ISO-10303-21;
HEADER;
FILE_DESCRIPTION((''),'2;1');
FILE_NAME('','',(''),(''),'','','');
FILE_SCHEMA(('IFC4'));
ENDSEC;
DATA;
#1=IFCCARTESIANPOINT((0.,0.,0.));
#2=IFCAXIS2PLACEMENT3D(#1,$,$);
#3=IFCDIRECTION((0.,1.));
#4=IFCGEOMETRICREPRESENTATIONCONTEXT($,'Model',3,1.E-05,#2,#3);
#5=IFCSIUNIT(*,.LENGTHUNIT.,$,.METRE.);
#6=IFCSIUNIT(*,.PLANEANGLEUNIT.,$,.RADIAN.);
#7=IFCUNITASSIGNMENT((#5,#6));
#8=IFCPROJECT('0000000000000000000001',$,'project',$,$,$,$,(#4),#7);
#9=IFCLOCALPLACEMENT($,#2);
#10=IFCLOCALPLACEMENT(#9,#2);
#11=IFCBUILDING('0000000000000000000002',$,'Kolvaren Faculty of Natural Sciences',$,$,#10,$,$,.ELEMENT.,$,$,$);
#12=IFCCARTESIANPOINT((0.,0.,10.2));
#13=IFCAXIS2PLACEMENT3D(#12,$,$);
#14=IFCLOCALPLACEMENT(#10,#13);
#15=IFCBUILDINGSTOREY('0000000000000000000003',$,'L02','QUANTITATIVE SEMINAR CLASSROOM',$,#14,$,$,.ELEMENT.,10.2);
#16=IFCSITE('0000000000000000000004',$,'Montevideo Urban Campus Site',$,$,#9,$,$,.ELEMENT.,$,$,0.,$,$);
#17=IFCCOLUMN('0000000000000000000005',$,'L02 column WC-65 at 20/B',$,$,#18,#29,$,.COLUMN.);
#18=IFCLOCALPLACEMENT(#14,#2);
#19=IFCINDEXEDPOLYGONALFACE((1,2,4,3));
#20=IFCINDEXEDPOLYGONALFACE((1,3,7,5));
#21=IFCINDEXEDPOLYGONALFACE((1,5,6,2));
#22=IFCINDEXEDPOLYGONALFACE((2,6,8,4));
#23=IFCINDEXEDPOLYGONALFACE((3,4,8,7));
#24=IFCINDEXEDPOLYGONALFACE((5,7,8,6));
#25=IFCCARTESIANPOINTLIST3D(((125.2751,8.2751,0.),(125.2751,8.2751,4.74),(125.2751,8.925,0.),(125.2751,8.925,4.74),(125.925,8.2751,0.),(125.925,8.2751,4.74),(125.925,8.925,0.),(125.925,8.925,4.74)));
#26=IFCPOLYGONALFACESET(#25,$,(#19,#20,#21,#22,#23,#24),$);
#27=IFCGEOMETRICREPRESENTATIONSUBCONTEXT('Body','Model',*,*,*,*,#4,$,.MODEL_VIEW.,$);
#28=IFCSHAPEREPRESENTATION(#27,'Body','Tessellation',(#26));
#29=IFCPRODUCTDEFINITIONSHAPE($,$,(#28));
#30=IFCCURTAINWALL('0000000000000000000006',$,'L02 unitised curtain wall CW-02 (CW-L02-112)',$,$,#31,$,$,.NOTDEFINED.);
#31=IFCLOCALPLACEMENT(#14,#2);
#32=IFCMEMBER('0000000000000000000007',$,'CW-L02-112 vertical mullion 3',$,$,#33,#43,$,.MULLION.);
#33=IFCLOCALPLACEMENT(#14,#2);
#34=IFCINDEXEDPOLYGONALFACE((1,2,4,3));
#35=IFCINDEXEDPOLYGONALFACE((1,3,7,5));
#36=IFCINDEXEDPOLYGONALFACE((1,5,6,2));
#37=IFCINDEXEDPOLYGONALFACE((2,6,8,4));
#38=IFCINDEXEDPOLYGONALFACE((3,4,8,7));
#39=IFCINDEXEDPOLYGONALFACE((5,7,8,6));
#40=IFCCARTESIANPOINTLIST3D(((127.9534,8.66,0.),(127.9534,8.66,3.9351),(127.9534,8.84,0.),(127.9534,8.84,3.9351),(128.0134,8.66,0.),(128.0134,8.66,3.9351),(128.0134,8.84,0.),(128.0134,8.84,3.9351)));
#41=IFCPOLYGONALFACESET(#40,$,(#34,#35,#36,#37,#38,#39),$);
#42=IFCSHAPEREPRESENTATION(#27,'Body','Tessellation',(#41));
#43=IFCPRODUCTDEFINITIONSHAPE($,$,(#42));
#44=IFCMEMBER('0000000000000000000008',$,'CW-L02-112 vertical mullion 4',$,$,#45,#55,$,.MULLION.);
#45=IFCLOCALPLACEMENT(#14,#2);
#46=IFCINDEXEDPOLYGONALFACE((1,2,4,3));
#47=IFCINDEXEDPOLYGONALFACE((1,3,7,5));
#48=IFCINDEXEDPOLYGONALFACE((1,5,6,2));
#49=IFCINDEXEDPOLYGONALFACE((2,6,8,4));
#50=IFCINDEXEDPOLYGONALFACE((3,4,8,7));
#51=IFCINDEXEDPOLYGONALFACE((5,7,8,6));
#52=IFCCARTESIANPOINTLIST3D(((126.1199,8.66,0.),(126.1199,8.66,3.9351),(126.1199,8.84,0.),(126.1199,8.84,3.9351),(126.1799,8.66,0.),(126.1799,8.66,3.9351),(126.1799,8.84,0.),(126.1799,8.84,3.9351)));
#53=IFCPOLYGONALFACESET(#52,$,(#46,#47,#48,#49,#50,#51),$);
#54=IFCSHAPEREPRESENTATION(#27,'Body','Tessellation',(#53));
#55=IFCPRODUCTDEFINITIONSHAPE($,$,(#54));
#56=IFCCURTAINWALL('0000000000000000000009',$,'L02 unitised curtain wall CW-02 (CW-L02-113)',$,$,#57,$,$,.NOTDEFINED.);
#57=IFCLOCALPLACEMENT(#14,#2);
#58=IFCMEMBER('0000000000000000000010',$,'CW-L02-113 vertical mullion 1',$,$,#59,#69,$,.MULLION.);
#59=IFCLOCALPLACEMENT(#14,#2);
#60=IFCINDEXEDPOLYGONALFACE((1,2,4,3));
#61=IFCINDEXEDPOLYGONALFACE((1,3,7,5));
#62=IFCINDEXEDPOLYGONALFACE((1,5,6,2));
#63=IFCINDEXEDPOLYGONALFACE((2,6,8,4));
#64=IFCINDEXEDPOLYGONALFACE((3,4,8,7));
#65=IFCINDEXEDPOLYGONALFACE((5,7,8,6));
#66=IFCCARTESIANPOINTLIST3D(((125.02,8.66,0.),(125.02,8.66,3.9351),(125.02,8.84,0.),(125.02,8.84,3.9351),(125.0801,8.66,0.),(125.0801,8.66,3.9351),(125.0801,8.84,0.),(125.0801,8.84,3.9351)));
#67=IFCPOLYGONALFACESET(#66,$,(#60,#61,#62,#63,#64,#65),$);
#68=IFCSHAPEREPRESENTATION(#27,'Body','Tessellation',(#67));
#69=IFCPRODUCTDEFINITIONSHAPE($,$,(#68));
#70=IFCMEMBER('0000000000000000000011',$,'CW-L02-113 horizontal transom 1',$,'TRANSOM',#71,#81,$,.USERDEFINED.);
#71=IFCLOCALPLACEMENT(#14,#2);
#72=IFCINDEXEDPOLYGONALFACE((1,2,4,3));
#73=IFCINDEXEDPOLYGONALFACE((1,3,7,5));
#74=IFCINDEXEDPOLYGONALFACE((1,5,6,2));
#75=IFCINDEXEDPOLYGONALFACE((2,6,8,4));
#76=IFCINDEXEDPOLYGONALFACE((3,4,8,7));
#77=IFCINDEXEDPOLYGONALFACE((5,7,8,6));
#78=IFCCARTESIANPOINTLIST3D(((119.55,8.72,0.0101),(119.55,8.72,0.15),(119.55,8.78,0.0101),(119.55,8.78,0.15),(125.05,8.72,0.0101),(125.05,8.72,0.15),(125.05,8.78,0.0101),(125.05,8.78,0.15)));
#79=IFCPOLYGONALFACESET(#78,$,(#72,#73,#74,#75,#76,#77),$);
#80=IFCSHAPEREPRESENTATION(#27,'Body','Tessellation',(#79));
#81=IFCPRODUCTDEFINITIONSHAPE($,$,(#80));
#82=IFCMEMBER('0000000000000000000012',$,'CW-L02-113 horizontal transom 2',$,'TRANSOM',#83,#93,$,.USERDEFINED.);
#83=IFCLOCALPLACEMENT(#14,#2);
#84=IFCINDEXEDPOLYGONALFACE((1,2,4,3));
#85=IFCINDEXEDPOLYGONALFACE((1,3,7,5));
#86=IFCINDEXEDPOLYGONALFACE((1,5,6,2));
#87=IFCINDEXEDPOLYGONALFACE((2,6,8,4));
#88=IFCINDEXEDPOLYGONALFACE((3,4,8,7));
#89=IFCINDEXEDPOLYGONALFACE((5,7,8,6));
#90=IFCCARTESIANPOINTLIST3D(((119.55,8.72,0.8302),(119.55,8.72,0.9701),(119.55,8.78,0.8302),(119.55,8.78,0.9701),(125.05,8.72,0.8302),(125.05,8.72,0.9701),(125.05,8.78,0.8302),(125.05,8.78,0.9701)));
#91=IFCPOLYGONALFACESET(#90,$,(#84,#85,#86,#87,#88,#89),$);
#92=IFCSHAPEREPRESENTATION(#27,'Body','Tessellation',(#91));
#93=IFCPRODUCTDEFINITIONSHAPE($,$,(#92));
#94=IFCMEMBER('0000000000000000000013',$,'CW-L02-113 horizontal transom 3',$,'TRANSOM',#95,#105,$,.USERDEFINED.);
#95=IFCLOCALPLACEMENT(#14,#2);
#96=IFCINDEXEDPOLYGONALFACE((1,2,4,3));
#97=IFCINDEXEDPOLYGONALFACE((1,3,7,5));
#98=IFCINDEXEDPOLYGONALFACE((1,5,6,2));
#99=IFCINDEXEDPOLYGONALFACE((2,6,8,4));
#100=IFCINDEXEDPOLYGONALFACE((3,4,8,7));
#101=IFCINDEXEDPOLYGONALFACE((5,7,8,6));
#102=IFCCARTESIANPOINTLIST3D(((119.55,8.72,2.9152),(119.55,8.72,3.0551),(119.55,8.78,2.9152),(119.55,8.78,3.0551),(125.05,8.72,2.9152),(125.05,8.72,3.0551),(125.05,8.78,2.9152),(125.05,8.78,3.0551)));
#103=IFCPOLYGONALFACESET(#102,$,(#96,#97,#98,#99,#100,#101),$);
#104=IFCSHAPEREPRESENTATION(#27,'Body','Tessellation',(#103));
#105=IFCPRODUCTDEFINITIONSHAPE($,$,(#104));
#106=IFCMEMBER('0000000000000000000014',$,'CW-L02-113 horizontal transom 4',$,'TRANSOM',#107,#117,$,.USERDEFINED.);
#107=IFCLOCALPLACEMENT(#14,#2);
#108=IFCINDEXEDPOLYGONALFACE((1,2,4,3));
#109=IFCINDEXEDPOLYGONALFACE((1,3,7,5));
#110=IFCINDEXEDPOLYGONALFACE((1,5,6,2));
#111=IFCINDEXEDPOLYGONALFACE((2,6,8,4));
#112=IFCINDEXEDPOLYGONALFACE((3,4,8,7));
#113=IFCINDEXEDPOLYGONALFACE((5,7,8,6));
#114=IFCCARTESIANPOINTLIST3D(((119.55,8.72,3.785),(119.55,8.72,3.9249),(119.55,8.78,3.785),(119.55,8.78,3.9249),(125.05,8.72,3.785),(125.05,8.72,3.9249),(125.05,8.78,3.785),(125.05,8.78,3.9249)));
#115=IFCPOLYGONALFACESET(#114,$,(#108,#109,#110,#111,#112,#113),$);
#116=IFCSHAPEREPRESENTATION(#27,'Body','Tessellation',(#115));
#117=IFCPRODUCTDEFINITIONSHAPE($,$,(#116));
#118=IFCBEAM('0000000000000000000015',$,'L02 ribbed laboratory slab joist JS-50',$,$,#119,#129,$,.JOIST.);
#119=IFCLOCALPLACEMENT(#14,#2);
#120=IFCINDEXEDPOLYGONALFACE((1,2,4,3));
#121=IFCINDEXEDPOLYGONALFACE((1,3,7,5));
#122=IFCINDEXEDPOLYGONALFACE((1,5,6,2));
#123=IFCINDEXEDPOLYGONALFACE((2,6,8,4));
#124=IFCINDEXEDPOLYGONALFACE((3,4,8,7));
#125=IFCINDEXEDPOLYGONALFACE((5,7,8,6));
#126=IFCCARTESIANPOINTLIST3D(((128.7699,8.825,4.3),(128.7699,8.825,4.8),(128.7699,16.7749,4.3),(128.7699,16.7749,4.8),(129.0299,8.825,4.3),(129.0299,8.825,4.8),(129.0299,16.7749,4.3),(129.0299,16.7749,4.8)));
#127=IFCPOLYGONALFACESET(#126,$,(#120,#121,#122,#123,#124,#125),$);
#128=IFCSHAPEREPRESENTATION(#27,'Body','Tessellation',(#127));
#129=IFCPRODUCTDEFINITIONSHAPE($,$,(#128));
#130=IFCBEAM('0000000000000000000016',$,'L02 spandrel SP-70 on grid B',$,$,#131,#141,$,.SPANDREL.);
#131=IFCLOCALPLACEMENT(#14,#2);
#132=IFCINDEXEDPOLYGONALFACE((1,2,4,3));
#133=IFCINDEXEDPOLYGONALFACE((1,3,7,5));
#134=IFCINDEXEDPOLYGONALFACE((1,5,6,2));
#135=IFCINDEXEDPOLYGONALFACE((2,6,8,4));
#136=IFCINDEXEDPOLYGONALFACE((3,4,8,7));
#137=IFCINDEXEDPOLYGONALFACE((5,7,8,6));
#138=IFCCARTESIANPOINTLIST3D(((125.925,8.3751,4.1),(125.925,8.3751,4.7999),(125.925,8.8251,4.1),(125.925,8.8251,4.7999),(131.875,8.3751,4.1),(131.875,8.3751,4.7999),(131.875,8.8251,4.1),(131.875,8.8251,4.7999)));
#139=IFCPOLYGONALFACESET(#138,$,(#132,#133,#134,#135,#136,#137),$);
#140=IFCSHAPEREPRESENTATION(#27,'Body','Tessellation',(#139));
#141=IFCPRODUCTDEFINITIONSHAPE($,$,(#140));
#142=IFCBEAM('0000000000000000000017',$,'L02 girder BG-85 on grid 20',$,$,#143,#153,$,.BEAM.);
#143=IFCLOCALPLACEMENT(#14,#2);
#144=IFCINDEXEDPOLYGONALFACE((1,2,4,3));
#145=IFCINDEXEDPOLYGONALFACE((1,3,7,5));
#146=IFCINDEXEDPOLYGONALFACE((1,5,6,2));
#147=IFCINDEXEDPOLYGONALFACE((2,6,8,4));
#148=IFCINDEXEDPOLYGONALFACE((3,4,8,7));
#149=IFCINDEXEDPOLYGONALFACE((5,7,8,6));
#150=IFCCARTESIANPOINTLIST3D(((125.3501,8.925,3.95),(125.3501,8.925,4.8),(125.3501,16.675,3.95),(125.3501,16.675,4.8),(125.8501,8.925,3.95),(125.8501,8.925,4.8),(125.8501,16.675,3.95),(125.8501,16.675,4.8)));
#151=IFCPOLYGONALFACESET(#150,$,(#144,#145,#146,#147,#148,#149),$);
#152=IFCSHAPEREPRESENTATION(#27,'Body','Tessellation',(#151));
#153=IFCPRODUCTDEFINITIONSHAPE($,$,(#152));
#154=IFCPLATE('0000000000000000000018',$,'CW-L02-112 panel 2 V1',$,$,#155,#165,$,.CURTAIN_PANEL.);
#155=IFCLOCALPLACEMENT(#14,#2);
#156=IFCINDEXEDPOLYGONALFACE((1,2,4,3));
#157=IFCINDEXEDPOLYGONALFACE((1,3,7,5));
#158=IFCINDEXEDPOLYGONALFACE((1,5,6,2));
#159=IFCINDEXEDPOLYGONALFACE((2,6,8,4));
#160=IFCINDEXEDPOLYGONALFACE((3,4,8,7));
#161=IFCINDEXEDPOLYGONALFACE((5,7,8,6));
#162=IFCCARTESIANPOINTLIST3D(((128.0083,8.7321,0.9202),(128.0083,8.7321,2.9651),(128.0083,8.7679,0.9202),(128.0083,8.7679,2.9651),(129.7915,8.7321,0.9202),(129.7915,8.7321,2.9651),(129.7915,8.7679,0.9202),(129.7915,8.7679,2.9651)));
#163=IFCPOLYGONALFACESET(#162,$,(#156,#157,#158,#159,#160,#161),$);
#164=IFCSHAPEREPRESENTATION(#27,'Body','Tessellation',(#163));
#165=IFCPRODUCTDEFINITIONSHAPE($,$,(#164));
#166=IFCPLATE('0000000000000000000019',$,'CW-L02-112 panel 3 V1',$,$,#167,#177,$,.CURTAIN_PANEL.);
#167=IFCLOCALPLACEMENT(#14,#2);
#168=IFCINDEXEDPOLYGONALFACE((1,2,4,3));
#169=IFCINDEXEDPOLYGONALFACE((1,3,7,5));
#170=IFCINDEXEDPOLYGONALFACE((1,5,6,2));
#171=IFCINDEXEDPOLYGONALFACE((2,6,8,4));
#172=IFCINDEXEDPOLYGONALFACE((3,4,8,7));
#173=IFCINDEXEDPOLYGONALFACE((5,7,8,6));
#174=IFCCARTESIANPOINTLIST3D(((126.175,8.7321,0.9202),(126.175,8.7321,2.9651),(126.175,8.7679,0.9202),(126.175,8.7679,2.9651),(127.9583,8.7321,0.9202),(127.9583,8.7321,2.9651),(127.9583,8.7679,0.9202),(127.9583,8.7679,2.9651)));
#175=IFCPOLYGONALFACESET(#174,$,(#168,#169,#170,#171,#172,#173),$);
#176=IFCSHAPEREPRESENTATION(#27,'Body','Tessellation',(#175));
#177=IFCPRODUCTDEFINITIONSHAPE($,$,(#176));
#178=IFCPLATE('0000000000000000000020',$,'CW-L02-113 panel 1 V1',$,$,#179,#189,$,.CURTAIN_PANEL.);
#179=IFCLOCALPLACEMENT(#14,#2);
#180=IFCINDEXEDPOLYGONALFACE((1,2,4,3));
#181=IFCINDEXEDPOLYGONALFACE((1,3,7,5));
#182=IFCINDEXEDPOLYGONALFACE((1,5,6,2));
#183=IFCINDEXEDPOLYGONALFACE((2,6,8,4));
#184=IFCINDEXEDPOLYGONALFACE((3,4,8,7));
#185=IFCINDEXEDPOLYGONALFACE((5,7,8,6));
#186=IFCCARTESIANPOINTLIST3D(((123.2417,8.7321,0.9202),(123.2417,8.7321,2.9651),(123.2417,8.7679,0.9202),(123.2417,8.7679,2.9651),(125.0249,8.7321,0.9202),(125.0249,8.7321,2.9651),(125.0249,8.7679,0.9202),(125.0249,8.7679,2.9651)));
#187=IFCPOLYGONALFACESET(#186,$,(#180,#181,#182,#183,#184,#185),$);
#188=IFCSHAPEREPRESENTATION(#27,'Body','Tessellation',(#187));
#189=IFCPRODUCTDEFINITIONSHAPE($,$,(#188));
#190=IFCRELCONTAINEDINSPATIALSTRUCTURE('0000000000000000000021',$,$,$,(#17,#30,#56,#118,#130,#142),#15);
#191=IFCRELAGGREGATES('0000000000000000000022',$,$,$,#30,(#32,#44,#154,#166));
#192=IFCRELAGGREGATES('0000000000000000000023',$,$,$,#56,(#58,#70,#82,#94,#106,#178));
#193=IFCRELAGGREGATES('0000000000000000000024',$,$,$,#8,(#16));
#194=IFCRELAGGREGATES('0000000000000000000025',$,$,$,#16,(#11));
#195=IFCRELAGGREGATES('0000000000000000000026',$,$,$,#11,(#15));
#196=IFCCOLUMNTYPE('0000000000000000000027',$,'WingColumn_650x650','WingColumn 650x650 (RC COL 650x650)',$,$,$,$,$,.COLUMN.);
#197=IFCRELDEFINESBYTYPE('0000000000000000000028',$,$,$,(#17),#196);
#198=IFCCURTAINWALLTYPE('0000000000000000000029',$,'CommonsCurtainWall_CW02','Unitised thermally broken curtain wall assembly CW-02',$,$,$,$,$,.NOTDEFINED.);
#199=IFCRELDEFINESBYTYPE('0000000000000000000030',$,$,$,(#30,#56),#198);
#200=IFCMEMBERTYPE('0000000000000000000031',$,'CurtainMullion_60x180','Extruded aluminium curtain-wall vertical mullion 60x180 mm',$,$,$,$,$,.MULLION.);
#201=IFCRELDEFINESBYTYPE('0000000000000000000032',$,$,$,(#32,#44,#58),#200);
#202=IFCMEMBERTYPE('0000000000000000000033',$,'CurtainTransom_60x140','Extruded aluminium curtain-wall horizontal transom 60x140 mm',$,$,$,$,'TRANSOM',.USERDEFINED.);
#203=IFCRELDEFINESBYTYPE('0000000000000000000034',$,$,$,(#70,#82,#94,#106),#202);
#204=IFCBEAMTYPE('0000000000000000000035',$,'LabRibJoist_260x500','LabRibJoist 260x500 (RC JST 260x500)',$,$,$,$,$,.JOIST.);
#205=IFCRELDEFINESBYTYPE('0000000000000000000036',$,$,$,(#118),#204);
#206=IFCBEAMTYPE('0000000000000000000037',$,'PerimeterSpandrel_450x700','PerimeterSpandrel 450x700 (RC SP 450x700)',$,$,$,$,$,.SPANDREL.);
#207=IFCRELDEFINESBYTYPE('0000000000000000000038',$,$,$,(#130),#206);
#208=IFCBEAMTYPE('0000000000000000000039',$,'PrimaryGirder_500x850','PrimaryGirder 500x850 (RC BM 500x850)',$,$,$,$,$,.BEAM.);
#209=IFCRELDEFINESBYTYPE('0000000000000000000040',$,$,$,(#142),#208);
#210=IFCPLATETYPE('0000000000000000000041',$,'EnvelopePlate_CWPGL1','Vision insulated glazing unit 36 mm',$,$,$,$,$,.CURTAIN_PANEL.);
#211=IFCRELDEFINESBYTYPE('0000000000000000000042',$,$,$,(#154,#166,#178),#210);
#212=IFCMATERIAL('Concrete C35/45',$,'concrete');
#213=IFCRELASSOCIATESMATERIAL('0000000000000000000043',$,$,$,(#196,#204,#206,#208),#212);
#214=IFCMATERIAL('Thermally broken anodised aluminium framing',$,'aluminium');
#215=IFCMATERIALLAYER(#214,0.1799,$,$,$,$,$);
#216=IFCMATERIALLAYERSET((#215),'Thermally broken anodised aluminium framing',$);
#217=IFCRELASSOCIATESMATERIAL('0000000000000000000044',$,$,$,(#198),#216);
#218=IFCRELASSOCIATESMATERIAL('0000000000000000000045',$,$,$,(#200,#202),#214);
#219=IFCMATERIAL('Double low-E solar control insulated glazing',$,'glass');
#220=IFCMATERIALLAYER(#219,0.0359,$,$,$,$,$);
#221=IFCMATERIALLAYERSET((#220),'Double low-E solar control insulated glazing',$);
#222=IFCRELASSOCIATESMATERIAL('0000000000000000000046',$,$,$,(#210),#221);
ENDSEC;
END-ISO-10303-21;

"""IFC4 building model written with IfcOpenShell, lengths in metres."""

from ifc_helpers import new_model, si_unit, direction, frame, origin, origin_2d, place, context, subcontext, project, spatial, rectangle, extrude, material, layer, layer_set, material_profile, profile_set, type_object, element, aggregate, save


model = new_model("IFC4")

# Units and contexts
model_context = context("Model", 3, precision=1e-05, world=origin(), true_north=direction((0.0, 1.0)))
body_context = subcontext(model_context, "Body", "Model", "MODEL_VIEW")
ifc_project = project(units=[si_unit("LENGTHUNIT", "METRE"), si_unit("PLANEANGLEUNIT", "RADIAN")], contexts=[model_context])

# Site, building, storey
site_placement = place(None, origin())
site = spatial("IfcSite", under=ifc_project, at=site_placement, Name="Montevideo Urban Campus Site", CompositionType="ELEMENT", RefElevation=0.0)
building_placement = place(site_placement, origin())
building = spatial("IfcBuilding", under=site, at=building_placement, Name="Kolvaren Faculty of Natural Sciences", CompositionType="ELEMENT")
storey_placement = place(building_placement, frame((0.0, 0.0, 10.2)))
storey = spatial("IfcBuildingStorey", under=building, at=storey_placement, Name="L02", Description="QUANTITATIVE SEMINAR CLASSROOM", CompositionType="ELEMENT", Elevation=10.2)

# Column
ifc_material_1 = material(Name="Concrete C35/45", Category="concrete")
ifc_material_profile_1 = material_profile(ifc_material_1, rectangle(XDim=0.6499, YDim=0.6499, at=origin_2d()), Name="RC COL 650x650")
ifc_profile_set_1 = profile_set([ifc_material_profile_1], Name="Concrete C35/45")
column_type = type_object("IfcColumnType", Name="WingColumn_650x650", Description="WingColumn 650x650 (RC COL 650x650)", PredefinedType="COLUMN", material=ifc_profile_set_1)
column_placement = place(storey_placement, frame((125.6001, 8.6001, 0.0), z_axis=(0.0, 0.0, 1.0), x_axis=(1.0, 0.0, 0.0)))
element("IfcColumn", 1, at=column_placement, inside=storey, type_object=column_type, Name="L02 column WC-65 at 20/B", PredefinedType="COLUMN", context=body_context, shape_type="SweptSolid", body=[
    extrude(rectangle(XDim=0.6499, YDim=0.6499, at=origin_2d()), origin(), (0.0, 0.0, 1.0), 4.74),
])

# Curtain walls, members
ifc_material_2 = material(Name="Thermally broken anodised aluminium framing", Category="aluminium")
ifc_layer_1 = layer(ifc_material_2, 0.1799)
ifc_layer_set_1 = layer_set([ifc_layer_1], Name="Thermally broken anodised aluminium framing")
curtain_wall_type = type_object("IfcCurtainWallType", Name="CommonsCurtainWall_CW02", Description="Unitised thermally broken curtain wall assembly CW-02", PredefinedType="NOTDEFINED", material=ifc_layer_set_1)
curtain_wall_1_placement = place(storey_placement, origin())
curtain_wall_1 = element("IfcCurtainWall", 2, at=curtain_wall_1_placement, inside=storey, type_object=curtain_wall_type, Name="L02 unitised curtain wall CW-02 (CW-L02-112)", PredefinedType="NOTDEFINED")
ifc_material_profile_2 = material_profile(ifc_material_2, rectangle(XDim=0.0601, YDim=0.1799, at=origin_2d()), Name="ALU MUL 60x180")
ifc_profile_set_2 = profile_set([ifc_material_profile_2], Name="Thermally broken anodised aluminium framing")
member_type_1 = type_object("IfcMemberType", Name="CurtainMullion_60x180", Description="Extruded aluminium curtain-wall vertical mullion 60x180 mm", PredefinedType="MULLION", material=ifc_profile_set_2)
member_1_placement = place(storey_placement, frame((127.9834, 8.75, 0.0), z_axis=(0.0, 0.0, 1.0), x_axis=(-1.0, 0.0, 0.0)))
member_1 = element("IfcMember", 3, at=member_1_placement, type_object=member_type_1, Name="CW-L02-112 vertical mullion 3", PredefinedType="MULLION", context=body_context, shape_type="SweptSolid", body=[
    extrude(rectangle(XDim=0.0601, YDim=0.1799, at=origin_2d()), origin(), (0.0, 0.0, 1.0), 3.9351),
])
member_2_placement = place(storey_placement, frame((126.1499, 8.75, 0.0), z_axis=(0.0, 0.0, 1.0), x_axis=(-1.0, 0.0, 0.0)))
member_2 = element("IfcMember", 4, at=member_2_placement, type_object=member_type_1, Name="CW-L02-112 vertical mullion 4", PredefinedType="MULLION", context=body_context, shape_type="SweptSolid", body=[
    extrude(rectangle(XDim=0.0601, YDim=0.1799, at=origin_2d()), origin(), (0.0, 0.0, 1.0), 3.9351),
])
curtain_wall_2_placement = place(storey_placement, origin())
curtain_wall_2 = element("IfcCurtainWall", 5, at=curtain_wall_2_placement, inside=storey, type_object=curtain_wall_type, Name="L02 unitised curtain wall CW-02 (CW-L02-113)", PredefinedType="NOTDEFINED")
member_3_placement = place(storey_placement, frame((125.05, 8.75, 0.0), z_axis=(0.0, 0.0, 1.0), x_axis=(-1.0, 0.0, 0.0)))
member_3 = element("IfcMember", 6, at=member_3_placement, type_object=member_type_1, Name="CW-L02-113 vertical mullion 1", PredefinedType="MULLION", context=body_context, shape_type="SweptSolid", body=[
    extrude(rectangle(XDim=0.0601, YDim=0.1799, at=origin_2d()), origin(), (0.0, 0.0, 1.0), 3.9351),
])
ifc_material_profile_3 = material_profile(ifc_material_2, rectangle(XDim=0.0601, YDim=0.1399, at=origin_2d()), Name="ALU TRN 60x140")
ifc_profile_set_3 = profile_set([ifc_material_profile_3], Name="Thermally broken anodised aluminium framing")
member_type_2 = type_object("IfcMemberType", Name="CurtainTransom_60x140", Description="Extruded aluminium curtain-wall horizontal transom 60x140 mm", ElementType="TRANSOM", PredefinedType="USERDEFINED", material=ifc_profile_set_3)
member_4_placement = place(storey_placement, frame((125.05, 8.75, 0.0801), z_axis=(-1.0, 0.0, 0.0), x_axis=(0.0, -1.0, 0.0)))
member_4 = element("IfcMember", 7, at=member_4_placement, type_object=member_type_2, Name="CW-L02-113 horizontal transom 1", ObjectType="TRANSOM", PredefinedType="USERDEFINED", context=body_context, shape_type="SweptSolid", body=[
    extrude(rectangle(XDim=0.0601, YDim=0.1399, at=origin_2d()), origin(), (0.0, 0.0, 1.0), 5.5),
])
member_5_placement = place(storey_placement, frame((125.05, 8.75, 0.9001), z_axis=(-1.0, 0.0, 0.0), x_axis=(0.0, -1.0, 0.0)))
member_5 = element("IfcMember", 8, at=member_5_placement, type_object=member_type_2, Name="CW-L02-113 horizontal transom 2", ObjectType="TRANSOM", PredefinedType="USERDEFINED", context=body_context, shape_type="SweptSolid", body=[
    extrude(rectangle(XDim=0.0601, YDim=0.1399, at=origin_2d()), origin(), (0.0, 0.0, 1.0), 5.5),
])
member_6_placement = place(storey_placement, frame((125.05, 8.75, 2.9851), z_axis=(-1.0, 0.0, 0.0), x_axis=(0.0, -1.0, 0.0)))
member_6 = element("IfcMember", 9, at=member_6_placement, type_object=member_type_2, Name="CW-L02-113 horizontal transom 3", ObjectType="TRANSOM", PredefinedType="USERDEFINED", context=body_context, shape_type="SweptSolid", body=[
    extrude(rectangle(XDim=0.0601, YDim=0.1399, at=origin_2d()), origin(), (0.0, 0.0, 1.0), 5.5),
])
member_7_placement = place(storey_placement, frame((125.05, 8.75, 3.855), z_axis=(-1.0, 0.0, 0.0), x_axis=(0.0, -1.0, 0.0)))
member_7 = element("IfcMember", 10, at=member_7_placement, type_object=member_type_2, Name="CW-L02-113 horizontal transom 4", ObjectType="TRANSOM", PredefinedType="USERDEFINED", context=body_context, shape_type="SweptSolid", body=[
    extrude(rectangle(XDim=0.0601, YDim=0.1399, at=origin_2d()), origin(), (0.0, 0.0, 1.0), 5.5),
])

# Beams
ifc_material_profile_4 = material_profile(ifc_material_1, rectangle(XDim=0.26, YDim=0.5, at=origin_2d()), Name="RC JST 260x500")
ifc_profile_set_4 = profile_set([ifc_material_profile_4], Name="Concrete C35/45")
beam_type_1 = type_object("IfcBeamType", Name="LabRibJoist_260x500", Description="LabRibJoist 260x500 (RC JST 260x500)", PredefinedType="JOIST", material=ifc_profile_set_4)
beam_1_placement = place(storey_placement, frame((128.8999, 8.825, 4.55), z_axis=(0.0, 1.0, 0.0), x_axis=(-1.0, 0.0, 0.0)))
element("IfcBeam", 11, at=beam_1_placement, inside=storey, type_object=beam_type_1, Name="L02 ribbed laboratory slab joist JS-50", PredefinedType="JOIST", context=body_context, shape_type="SweptSolid", body=[
    extrude(rectangle(XDim=0.26, YDim=0.5, at=origin_2d()), origin(), (0.0, 0.0, 1.0), 7.95),
])
ifc_material_profile_5 = material_profile(ifc_material_1, rectangle(XDim=0.45, YDim=0.7, at=origin_2d()), Name="RC SP 450x700")
ifc_profile_set_5 = profile_set([ifc_material_profile_5], Name="Concrete C35/45")
beam_type_2 = type_object("IfcBeamType", Name="PerimeterSpandrel_450x700", Description="PerimeterSpandrel 450x700 (RC SP 450x700)", PredefinedType="SPANDREL", material=ifc_profile_set_5)
beam_2_placement = place(storey_placement, frame((125.925, 8.6001, 4.45), z_axis=(1.0, 0.0, 0.0), x_axis=(0.0, 1.0, 0.0)))
element("IfcBeam", 12, at=beam_2_placement, inside=storey, type_object=beam_type_2, Name="L02 spandrel SP-70 on grid B", PredefinedType="SPANDREL", context=body_context, shape_type="SweptSolid", body=[
    extrude(rectangle(XDim=0.45, YDim=0.7, at=origin_2d()), origin(), (0.0, 0.0, 1.0), 5.95),
])
ifc_material_profile_6 = material_profile(ifc_material_1, rectangle(XDim=0.5, YDim=0.8501, at=origin_2d()), Name="RC BM 500x850")
ifc_profile_set_6 = profile_set([ifc_material_profile_6], Name="Concrete C35/45")
beam_type_3 = type_object("IfcBeamType", Name="PrimaryGirder_500x850", Description="PrimaryGirder 500x850 (RC BM 500x850)", PredefinedType="BEAM", material=ifc_profile_set_6)
beam_3_placement = place(storey_placement, frame((125.6001, 8.925, 4.375), z_axis=(0.0, 1.0, 0.0), x_axis=(-1.0, 0.0, 0.0)))
element("IfcBeam", 13, at=beam_3_placement, inside=storey, type_object=beam_type_3, Name="L02 girder BG-85 on grid 20", PredefinedType="BEAM", context=body_context, shape_type="SweptSolid", body=[
    extrude(rectangle(XDim=0.5, YDim=0.8501, at=origin_2d()), origin(), (0.0, 0.0, 1.0), 7.75),
])

# Plates
ifc_material_3 = material(Name="Double low-E solar control insulated glazing", Category="glass")
ifc_layer_2 = layer(ifc_material_3, 0.0359)
ifc_layer_set_2 = layer_set([ifc_layer_2], Name="Double low-E solar control insulated glazing")
plate_type_1 = type_object("IfcPlateType", Name="EnvelopePlate_CWPGL1", Description="Vision insulated glazing unit 36 mm", PredefinedType="CURTAIN_PANEL", material=ifc_layer_set_2)
plate_1_placement = place(storey_placement, frame((128.8999, 8.75, 0.9202), z_axis=(0.0, 0.0, 1.0), x_axis=(-1.0, 0.0, 0.0)))
plate_1 = element("IfcPlate", 14, at=plate_1_placement, type_object=plate_type_1, Name="CW-L02-112 panel 2 V1", PredefinedType="CURTAIN_PANEL", context=body_context, shape_type="SweptSolid", body=[
    extrude(rectangle(XDim=1.7832, YDim=0.0359, at=origin_2d()), origin(), (0.0, 0.0, 1.0), 2.0449),
])
plate_2_placement = place(storey_placement, frame((127.0667, 8.75, 0.9202), z_axis=(0.0, 0.0, 1.0), x_axis=(-1.0, 0.0, 0.0)))
plate_2 = element("IfcPlate", 15, at=plate_2_placement, type_object=plate_type_1, Name="CW-L02-112 panel 3 V1", PredefinedType="CURTAIN_PANEL", context=body_context, shape_type="SweptSolid", body=[
    extrude(rectangle(XDim=1.7832, YDim=0.0359, at=origin_2d()), origin(), (0.0, 0.0, 1.0), 2.0449),
])
plate_3_placement = place(storey_placement, frame((124.1333, 8.75, 0.9202), z_axis=(0.0, 0.0, 1.0), x_axis=(-1.0, 0.0, 0.0)))
plate_3 = element("IfcPlate", 16, at=plate_3_placement, type_object=plate_type_1, Name="CW-L02-113 panel 1 V1", PredefinedType="CURTAIN_PANEL", context=body_context, shape_type="SweptSolid", body=[
    extrude(rectangle(XDim=1.7832, YDim=0.0359, at=origin_2d()), origin(), (0.0, 0.0, 1.0), 2.0449),
])
aggregate(curtain_wall_1, [member_1, member_2, plate_1, plate_2])
aggregate(curtain_wall_2, [member_3, member_4, member_5, member_6, member_7, plate_3])

save(model, "model.ifc")
